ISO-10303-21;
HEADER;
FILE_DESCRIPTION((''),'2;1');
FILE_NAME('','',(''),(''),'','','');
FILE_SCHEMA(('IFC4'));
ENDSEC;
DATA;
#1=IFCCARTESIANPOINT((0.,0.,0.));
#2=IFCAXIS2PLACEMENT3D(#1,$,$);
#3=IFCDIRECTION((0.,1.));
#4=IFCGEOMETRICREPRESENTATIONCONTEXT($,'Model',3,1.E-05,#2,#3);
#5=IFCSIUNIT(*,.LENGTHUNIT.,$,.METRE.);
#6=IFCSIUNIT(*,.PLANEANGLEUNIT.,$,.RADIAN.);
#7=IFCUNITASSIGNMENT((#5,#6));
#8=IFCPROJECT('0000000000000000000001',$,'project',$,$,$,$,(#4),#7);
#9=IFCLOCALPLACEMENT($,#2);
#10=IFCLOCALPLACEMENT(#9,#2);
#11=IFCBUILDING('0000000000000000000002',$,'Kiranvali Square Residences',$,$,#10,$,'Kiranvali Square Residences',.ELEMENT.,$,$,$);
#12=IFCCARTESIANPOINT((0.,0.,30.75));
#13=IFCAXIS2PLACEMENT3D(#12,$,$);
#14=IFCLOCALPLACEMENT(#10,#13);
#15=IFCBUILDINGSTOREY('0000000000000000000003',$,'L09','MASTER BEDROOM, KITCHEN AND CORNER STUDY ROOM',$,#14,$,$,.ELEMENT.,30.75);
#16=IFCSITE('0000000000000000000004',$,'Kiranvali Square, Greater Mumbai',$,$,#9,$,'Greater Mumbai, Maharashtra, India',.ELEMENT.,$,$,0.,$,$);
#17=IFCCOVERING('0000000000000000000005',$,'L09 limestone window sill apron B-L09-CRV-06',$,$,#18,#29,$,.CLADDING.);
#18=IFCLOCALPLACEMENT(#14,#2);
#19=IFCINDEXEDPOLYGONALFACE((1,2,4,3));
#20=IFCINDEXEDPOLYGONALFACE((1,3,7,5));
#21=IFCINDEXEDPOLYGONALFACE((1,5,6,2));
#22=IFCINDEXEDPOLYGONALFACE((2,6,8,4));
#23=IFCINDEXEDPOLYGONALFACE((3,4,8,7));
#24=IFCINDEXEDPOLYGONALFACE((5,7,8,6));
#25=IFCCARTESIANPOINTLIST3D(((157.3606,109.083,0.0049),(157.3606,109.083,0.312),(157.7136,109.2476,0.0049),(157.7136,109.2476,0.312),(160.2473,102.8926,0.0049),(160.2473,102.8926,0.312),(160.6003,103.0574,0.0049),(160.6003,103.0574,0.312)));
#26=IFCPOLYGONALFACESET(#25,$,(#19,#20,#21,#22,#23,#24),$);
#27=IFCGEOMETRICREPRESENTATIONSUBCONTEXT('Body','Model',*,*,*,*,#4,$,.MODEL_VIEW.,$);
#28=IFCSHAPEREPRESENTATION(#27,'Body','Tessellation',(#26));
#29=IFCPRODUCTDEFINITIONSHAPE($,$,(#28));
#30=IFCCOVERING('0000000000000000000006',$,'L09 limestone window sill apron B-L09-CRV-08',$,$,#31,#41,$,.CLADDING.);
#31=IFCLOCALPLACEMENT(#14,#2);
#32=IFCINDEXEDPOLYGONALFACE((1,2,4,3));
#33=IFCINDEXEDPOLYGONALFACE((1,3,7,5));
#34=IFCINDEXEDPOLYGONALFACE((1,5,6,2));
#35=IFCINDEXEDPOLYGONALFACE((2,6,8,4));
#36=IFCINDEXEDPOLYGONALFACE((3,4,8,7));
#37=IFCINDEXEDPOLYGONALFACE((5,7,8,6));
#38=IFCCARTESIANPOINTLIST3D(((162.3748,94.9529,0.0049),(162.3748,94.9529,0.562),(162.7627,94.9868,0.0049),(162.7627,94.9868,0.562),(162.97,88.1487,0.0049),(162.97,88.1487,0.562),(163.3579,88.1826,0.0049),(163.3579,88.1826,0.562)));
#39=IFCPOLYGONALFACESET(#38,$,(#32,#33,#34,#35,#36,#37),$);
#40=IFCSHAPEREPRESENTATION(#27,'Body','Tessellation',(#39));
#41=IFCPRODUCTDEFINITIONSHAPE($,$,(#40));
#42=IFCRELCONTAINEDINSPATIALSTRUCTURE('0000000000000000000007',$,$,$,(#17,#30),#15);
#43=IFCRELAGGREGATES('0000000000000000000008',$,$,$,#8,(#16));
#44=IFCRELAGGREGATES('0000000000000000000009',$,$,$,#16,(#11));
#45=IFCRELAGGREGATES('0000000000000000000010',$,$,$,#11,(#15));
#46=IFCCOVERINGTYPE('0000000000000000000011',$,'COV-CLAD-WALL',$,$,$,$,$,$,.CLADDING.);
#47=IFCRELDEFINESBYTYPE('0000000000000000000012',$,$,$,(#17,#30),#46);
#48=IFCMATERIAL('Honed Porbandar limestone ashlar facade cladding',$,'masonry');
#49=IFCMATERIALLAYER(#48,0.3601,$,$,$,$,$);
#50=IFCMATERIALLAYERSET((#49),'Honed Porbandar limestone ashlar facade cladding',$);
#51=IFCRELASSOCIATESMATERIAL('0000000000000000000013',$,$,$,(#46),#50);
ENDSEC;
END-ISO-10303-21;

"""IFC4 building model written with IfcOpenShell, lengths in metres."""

from ifc_helpers import new_model, si_unit, direction, frame, origin, place, context, subcontext, project, spatial, polyline, outline, extrude, material, layer, layer_set, type_object, element, save


model = new_model("IFC4")

# Units and contexts
model_context = context("Model", 3, precision=1e-05, world=origin(), true_north=direction((0.0, 1.0)))
body_context = subcontext(model_context, "Body", "Model", "MODEL_VIEW")
ifc_project = project(units=[si_unit("LENGTHUNIT", "METRE"), si_unit("PLANEANGLEUNIT", "RADIAN")], contexts=[model_context])

# Site, building, storey
site_placement = place(None, origin())
site = spatial("IfcSite", under=ifc_project, at=site_placement, Name="Kiranvali Square, Greater Mumbai", LongName="Greater Mumbai, Maharashtra, India", CompositionType="ELEMENT", RefElevation=0.0)
building_placement = place(site_placement, origin())
building = spatial("IfcBuilding", under=site, at=building_placement, Name="Kiranvali Square Residences", LongName="Kiranvali Square Residences", CompositionType="ELEMENT")
storey_placement = place(building_placement, frame((0.0, 0.0, 30.75)))
storey = spatial("IfcBuildingStorey", under=building, at=storey_placement, Name="L09", Description="MASTER BEDROOM, KITCHEN AND CORNER STUDY ROOM", CompositionType="ELEMENT", Elevation=30.75)

# Coverings
ifc_material = material(Name="Honed Porbandar limestone ashlar facade cladding", Category="masonry")
ifc_layer_1 = layer(ifc_material, 0.3601)
ifc_layer_set_1 = layer_set([ifc_layer_1], Name="Honed Porbandar limestone ashlar facade cladding")
covering_type_1 = type_object("IfcCoveringType", Name="COV-CLAD-WALL", PredefinedType="CLADDING", material=ifc_layer_set_1)
covering_1_placement = place(storey_placement, frame((0.0, 0.0, 0.0049)))
element("IfcCovering", 1, at=covering_1_placement, inside=storey, type_object=covering_type_1, Name="L09 limestone window sill apron B-L09-CRV-06", PredefinedType="CLADDING", context=body_context, shape_type="SweptSolid", body=[
    extrude(outline(polyline([(157.3606, 109.083), (160.2473, 102.8926), (160.6003, 103.0574), (157.7136, 109.2476), (157.3606, 109.083)])), origin(), (0.0, 0.0, 1.0), 0.3071),
])
covering_2_placement = place(storey_placement, frame((0.0, 0.0, 0.0049)))
element("IfcCovering", 2, at=covering_2_placement, inside=storey, type_object=covering_type_1, Name="L09 limestone window sill apron B-L09-CRV-08", PredefinedType="CLADDING", context=body_context, shape_type="SweptSolid", body=[
    extrude(outline(polyline([(162.3748, 94.9529), (162.97, 88.1487), (163.3579, 88.1826), (162.7627, 94.9868), (162.3748, 94.9529)])), origin(), (0.0, 0.0, 1.0), 0.5571),
])

save(model, "model.ifc")
